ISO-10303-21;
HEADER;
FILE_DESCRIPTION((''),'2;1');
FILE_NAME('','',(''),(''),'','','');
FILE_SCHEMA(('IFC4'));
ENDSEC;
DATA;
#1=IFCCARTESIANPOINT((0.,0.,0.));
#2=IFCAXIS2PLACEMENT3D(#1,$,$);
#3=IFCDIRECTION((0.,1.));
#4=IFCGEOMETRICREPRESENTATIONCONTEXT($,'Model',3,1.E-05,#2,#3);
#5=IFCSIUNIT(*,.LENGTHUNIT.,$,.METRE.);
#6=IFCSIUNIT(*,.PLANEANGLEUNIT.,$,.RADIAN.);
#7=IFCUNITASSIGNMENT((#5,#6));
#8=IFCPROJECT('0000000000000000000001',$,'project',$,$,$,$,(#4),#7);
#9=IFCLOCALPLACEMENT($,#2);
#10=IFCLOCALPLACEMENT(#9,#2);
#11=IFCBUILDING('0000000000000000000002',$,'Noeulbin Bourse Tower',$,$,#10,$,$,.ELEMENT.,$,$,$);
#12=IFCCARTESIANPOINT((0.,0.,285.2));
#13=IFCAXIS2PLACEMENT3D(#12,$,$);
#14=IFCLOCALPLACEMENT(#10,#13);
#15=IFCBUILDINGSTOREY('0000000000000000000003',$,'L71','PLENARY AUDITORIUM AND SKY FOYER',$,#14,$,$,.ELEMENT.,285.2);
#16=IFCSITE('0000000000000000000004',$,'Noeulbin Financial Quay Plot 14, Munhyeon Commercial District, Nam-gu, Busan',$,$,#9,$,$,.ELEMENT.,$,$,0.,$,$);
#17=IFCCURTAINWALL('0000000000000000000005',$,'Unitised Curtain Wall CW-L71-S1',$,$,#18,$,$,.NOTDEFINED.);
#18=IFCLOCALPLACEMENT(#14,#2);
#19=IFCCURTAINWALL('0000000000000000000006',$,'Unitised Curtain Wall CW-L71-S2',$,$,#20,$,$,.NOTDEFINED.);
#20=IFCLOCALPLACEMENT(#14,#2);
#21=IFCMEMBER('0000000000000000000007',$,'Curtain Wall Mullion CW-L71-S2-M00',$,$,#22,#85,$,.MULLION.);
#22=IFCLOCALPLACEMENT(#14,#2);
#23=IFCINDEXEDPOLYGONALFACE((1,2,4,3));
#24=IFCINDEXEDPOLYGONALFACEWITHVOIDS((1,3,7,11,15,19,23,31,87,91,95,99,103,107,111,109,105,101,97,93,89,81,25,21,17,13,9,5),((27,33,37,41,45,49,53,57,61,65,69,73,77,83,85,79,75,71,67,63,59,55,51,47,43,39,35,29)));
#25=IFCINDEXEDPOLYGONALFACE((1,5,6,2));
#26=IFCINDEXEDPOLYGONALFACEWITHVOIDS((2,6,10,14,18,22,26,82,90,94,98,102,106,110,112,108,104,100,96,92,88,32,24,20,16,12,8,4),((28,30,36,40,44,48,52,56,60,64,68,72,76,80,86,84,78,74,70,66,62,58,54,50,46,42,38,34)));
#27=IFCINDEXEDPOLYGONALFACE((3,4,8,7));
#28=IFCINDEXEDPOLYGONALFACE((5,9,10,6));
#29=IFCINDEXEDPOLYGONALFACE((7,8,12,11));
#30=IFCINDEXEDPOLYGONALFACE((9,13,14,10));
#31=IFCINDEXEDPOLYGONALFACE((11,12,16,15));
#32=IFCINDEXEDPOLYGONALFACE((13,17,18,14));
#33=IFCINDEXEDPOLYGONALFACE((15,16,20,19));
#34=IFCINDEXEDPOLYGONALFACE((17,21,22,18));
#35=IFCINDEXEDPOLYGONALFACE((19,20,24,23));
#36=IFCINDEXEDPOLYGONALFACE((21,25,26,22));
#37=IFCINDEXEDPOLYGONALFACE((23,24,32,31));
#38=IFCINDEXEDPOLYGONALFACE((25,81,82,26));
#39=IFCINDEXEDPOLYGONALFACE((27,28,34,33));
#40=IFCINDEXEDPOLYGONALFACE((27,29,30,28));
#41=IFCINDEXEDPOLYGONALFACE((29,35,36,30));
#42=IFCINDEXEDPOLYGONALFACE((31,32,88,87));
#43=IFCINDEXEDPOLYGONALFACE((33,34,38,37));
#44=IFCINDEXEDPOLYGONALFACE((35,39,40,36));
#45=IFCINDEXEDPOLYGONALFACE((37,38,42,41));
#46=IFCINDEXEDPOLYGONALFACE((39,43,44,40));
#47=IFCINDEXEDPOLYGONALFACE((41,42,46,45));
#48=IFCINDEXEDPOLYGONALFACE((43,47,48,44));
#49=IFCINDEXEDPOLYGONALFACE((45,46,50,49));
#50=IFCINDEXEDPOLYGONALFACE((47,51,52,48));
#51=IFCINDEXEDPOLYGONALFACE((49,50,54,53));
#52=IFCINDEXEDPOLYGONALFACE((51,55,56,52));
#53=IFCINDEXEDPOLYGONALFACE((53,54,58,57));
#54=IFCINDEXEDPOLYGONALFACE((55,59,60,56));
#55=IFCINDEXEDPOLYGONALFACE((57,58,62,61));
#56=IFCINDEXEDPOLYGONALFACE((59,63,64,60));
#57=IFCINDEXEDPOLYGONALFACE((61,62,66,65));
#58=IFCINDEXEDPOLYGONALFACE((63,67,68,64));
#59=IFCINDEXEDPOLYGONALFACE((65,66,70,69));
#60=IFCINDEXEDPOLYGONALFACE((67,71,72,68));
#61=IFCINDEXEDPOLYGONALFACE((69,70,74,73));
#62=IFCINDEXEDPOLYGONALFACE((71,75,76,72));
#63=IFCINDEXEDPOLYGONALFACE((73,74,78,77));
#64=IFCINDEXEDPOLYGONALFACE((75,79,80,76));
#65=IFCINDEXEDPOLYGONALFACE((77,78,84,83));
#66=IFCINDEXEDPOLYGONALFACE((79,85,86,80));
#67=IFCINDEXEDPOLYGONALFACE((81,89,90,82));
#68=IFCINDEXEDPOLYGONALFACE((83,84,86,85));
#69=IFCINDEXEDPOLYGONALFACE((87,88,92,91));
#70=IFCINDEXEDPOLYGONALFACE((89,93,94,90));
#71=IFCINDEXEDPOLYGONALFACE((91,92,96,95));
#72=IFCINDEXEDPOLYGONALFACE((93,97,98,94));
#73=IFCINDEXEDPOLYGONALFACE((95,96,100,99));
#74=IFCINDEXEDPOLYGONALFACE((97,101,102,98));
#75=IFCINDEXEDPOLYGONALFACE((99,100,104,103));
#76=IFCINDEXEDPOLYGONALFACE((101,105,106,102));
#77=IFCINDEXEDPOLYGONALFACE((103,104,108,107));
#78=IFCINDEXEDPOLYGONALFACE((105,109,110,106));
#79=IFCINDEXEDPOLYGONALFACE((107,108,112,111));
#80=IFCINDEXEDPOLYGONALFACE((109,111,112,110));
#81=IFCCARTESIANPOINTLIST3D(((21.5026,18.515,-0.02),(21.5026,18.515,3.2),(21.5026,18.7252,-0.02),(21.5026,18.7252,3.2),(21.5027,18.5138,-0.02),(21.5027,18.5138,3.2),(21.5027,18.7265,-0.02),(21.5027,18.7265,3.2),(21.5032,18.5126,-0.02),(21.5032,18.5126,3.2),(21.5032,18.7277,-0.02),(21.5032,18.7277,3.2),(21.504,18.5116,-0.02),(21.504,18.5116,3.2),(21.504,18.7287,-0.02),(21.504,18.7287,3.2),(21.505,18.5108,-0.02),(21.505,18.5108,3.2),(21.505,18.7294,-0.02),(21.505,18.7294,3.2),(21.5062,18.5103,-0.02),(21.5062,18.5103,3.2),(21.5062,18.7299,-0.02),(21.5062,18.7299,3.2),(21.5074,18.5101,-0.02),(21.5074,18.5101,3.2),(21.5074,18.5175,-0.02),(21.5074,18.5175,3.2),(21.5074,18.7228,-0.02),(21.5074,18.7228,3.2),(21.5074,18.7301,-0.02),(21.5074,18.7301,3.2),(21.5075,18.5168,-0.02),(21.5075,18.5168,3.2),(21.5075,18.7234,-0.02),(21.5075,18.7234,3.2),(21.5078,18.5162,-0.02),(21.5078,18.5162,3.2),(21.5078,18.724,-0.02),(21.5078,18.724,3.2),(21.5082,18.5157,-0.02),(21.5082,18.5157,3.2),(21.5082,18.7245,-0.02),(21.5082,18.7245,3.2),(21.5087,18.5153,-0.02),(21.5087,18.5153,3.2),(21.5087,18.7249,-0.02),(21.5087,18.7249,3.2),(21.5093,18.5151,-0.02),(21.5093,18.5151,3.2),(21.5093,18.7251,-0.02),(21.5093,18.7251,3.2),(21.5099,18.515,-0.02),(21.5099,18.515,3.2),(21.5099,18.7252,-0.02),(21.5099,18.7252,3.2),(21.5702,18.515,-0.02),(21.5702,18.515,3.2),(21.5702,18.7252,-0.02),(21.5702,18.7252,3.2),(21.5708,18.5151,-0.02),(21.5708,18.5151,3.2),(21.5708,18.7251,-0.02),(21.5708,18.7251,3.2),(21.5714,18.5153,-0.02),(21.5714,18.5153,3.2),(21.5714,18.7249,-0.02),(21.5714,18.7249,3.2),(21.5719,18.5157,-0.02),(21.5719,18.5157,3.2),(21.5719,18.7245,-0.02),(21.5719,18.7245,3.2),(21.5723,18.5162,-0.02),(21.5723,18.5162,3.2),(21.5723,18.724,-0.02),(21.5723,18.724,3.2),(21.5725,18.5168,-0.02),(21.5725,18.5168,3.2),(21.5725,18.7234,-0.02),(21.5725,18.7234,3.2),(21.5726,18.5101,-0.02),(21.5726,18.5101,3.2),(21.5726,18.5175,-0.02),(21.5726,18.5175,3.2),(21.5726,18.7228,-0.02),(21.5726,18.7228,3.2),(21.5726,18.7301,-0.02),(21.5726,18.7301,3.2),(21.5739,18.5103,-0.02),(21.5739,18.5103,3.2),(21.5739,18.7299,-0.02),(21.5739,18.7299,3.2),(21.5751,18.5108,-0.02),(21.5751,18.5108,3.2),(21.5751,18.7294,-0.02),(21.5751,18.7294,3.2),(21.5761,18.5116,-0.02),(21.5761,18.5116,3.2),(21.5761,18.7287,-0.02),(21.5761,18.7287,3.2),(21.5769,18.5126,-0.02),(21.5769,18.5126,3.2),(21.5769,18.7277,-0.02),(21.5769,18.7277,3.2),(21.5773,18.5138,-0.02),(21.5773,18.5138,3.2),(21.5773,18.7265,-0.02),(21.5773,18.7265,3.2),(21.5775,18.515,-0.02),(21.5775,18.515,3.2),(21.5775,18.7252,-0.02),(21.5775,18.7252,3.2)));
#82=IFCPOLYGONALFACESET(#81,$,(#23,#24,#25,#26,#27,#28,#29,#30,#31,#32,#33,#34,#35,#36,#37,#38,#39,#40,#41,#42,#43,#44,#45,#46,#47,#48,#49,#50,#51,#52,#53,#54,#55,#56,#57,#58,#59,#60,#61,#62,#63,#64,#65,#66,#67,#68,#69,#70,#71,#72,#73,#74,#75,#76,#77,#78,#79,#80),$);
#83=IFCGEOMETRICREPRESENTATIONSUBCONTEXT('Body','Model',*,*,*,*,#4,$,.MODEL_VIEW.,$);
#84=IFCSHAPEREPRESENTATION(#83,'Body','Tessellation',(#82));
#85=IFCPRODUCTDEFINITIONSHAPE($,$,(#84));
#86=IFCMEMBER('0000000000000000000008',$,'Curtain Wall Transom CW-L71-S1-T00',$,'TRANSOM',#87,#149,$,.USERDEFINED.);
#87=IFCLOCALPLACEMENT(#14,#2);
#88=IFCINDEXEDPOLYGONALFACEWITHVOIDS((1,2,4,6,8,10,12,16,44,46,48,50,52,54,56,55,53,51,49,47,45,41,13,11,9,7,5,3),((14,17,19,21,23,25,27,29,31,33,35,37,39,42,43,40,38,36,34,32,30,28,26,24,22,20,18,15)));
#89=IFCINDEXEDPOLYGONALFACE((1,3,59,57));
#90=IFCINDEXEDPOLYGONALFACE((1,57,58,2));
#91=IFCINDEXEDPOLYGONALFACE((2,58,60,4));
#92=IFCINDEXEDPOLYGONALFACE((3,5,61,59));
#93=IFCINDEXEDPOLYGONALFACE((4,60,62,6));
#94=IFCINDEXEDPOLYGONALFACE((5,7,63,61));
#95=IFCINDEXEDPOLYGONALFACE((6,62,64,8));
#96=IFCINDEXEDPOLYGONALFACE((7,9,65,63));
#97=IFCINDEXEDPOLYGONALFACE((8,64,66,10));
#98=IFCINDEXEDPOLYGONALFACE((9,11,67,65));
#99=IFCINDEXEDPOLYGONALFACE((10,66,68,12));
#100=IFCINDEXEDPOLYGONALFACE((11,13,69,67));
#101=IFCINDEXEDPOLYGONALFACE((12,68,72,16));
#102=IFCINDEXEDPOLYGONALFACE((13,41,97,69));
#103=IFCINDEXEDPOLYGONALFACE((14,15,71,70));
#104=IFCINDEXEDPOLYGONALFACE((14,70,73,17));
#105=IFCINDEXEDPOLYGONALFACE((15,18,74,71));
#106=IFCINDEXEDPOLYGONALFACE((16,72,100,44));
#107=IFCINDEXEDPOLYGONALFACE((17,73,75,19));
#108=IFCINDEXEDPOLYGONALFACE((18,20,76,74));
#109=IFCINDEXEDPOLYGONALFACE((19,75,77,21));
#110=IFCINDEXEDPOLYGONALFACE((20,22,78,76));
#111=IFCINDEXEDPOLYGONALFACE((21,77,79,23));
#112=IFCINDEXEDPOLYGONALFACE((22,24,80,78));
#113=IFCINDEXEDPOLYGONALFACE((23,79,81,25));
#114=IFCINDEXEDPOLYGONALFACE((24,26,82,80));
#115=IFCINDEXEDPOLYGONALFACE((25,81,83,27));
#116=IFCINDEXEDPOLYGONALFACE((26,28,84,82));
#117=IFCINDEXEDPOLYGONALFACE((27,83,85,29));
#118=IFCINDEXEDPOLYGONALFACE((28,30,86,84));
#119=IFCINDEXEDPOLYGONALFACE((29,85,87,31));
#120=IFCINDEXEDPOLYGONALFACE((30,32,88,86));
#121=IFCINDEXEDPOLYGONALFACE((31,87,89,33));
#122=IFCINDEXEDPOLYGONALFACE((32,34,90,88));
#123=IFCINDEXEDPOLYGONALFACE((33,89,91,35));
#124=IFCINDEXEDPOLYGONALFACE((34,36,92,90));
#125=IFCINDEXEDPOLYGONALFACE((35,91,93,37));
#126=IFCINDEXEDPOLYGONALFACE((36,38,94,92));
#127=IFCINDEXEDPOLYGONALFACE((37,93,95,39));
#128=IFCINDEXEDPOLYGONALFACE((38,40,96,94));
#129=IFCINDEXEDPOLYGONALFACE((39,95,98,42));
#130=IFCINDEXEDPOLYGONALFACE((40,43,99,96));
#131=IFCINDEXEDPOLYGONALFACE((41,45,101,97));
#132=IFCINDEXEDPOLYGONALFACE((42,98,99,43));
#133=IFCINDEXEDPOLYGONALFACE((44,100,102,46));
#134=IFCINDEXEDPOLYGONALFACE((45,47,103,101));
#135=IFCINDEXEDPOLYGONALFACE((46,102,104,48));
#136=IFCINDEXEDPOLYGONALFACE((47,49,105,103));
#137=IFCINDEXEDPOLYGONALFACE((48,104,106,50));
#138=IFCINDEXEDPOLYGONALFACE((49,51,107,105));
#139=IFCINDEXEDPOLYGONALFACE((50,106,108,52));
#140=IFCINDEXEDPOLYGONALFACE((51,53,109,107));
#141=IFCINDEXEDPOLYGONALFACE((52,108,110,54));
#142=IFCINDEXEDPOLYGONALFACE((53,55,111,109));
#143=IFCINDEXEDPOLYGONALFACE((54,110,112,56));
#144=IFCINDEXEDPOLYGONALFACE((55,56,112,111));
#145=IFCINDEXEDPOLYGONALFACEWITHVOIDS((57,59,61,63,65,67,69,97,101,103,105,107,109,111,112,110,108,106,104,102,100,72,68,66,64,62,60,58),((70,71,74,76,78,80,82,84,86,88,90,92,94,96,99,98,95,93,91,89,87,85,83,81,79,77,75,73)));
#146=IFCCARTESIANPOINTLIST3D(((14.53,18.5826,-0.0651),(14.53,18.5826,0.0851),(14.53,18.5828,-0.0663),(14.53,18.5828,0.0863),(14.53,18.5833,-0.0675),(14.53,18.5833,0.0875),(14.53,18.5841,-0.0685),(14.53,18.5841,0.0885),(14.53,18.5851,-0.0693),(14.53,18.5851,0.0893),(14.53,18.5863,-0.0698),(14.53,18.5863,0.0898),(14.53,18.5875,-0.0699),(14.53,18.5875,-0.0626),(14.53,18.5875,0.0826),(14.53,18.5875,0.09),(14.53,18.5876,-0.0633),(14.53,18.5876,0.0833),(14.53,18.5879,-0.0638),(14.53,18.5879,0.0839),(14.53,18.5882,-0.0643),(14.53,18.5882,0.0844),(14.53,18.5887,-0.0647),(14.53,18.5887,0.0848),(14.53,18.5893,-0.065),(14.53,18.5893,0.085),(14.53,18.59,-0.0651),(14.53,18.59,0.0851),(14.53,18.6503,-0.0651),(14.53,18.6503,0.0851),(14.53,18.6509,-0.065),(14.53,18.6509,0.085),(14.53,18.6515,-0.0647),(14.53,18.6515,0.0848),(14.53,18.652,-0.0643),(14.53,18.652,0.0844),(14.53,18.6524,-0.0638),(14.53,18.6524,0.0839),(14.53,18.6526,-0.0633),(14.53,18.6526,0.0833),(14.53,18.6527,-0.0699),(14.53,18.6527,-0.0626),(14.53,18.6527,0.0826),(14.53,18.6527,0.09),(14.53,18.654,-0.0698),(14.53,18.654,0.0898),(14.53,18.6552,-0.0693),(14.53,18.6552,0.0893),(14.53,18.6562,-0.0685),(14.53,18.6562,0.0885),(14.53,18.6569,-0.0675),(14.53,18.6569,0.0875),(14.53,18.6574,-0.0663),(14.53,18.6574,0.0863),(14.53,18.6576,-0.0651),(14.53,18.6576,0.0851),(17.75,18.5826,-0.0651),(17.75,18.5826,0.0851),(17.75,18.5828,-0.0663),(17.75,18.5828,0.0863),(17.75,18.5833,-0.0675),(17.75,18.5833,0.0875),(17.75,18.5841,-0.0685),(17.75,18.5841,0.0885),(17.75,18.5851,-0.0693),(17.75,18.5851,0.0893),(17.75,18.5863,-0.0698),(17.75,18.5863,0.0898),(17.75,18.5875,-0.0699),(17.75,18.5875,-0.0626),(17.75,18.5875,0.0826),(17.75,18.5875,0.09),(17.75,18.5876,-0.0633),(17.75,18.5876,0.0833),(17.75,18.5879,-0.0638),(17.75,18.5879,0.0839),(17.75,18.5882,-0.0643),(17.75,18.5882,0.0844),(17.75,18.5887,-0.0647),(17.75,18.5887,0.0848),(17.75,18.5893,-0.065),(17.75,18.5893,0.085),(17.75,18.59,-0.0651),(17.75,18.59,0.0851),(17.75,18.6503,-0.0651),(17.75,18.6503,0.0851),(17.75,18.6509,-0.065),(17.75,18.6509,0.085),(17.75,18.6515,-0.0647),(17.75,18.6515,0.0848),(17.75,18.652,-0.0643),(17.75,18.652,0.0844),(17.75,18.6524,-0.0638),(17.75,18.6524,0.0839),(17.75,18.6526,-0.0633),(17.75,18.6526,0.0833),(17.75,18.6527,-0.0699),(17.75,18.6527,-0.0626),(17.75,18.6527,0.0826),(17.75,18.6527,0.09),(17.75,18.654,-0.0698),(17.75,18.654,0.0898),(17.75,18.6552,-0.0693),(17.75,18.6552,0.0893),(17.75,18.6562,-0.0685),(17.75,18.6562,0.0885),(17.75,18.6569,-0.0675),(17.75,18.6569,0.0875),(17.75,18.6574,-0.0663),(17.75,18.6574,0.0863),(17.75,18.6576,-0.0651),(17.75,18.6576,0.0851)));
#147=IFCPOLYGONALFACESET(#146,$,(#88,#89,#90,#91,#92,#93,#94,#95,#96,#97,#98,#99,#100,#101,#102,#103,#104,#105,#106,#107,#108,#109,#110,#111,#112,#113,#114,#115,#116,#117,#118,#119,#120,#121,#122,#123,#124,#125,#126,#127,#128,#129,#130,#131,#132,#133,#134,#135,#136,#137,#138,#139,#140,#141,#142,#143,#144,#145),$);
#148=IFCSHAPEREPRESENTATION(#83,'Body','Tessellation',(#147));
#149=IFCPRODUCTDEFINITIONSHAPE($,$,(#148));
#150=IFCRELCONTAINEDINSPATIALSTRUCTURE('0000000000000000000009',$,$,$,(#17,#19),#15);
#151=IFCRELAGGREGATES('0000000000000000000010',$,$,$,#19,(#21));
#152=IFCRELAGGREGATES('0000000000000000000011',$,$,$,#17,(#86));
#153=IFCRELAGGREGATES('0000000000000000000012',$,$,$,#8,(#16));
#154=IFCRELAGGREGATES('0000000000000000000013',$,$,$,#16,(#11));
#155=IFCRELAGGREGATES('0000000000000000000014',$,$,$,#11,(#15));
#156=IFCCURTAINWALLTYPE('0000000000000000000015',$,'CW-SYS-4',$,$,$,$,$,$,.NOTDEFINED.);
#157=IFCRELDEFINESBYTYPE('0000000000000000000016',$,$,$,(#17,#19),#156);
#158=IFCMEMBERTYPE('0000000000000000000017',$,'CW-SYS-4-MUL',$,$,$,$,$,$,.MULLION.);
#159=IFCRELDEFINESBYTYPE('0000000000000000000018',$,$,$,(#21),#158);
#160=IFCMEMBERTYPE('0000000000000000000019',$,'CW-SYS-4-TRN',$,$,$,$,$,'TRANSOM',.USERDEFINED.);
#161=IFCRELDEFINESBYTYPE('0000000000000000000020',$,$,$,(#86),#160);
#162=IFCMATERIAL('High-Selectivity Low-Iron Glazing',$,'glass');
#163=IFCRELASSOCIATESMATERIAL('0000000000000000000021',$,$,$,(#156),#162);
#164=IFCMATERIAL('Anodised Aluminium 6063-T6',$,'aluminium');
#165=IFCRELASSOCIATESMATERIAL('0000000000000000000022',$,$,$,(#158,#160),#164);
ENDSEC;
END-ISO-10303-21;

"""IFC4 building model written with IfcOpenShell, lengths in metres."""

from ifc_helpers import new_model, si_unit, direction, frame, origin, origin_2d, place, context, subcontext, project, spatial, hollow_rectangle, extrude, material, material_profile, profile_set, type_object, element, aggregate, save


model = new_model("IFC4")

# Units and contexts
model_context = context("Model", 3, precision=1e-05, world=origin(), true_north=direction((0.0, 1.0)))
body_context = subcontext(model_context, "Body", "Model", "MODEL_VIEW")
ifc_project = project(units=[si_unit("LENGTHUNIT", "METRE"), si_unit("PLANEANGLEUNIT", "RADIAN")], contexts=[model_context])

# Site, building, storey
site_placement = place(None, origin())
site = spatial("IfcSite", under=ifc_project, at=site_placement, Name="Noeulbin Financial Quay Plot 14, Munhyeon Commercial District, Nam-gu, Busan", CompositionType="ELEMENT", RefElevation=0.0)
building_placement = place(site_placement, origin())
building = spatial("IfcBuilding", under=site, at=building_placement, Name="Noeulbin Bourse Tower", CompositionType="ELEMENT")
storey_placement = place(building_placement, frame((0.0, 0.0, 285.2)))
storey = spatial("IfcBuildingStorey", under=building, at=storey_placement, Name="L71", Description="PLENARY AUDITORIUM AND SKY FOYER", CompositionType="ELEMENT", Elevation=285.2)

# Curtain wall
ifc_material_1 = material(Name="High-Selectivity Low-Iron Glazing", Category="glass")
curtain_wall_type = type_object("IfcCurtainWallType", Name="CW-SYS-4", PredefinedType="NOTDEFINED", material=ifc_material_1)
curtain_wall_1_placement = place(storey_placement, origin())
curtain_wall_1 = element("IfcCurtainWall", 1, at=curtain_wall_1_placement, inside=storey, type_object=curtain_wall_type, Name="Unitised Curtain Wall CW-L71-S1", PredefinedType="NOTDEFINED")
ifc_material_2 = material(Name="Anodised Aluminium 6063-T6", Category="aluminium")
ifc_material_profile_1 = material_profile(ifc_material_2, hollow_rectangle(XDim=0.075, YDim=0.22, WallThickness=0.0049, InnerFilletRadius=0.0024, OuterFilletRadius=0.0049, at=origin_2d()), Name="ALU-MULL-75x220x5", Category="LoadBearing")
ifc_profile_set_1 = profile_set([ifc_material_profile_1], Name="Anodised Aluminium 6063-T6")
member_type_1 = type_object("IfcMemberType", Name="CW-SYS-4-MUL", PredefinedType="MULLION", material=ifc_profile_set_1)

# Curtain wall, member
curtain_wall_2_placement = place(storey_placement, origin())
curtain_wall_2 = element("IfcCurtainWall", 2, at=curtain_wall_2_placement, inside=storey, type_object=curtain_wall_type, Name="Unitised Curtain Wall CW-L71-S2", PredefinedType="NOTDEFINED")
member_1_placement = place(storey_placement, frame((21.54, 18.6201, -0.02), z_axis=(0.0, 0.0, 1.0), x_axis=(1.0, 0.0, 0.0)))
member_1 = element("IfcMember", 3, at=member_1_placement, type_object=member_type_1, Name="Curtain Wall Mullion CW-L71-S2-M00", PredefinedType="MULLION", context=body_context, shape_type="SweptSolid", body=[
    extrude(hollow_rectangle(XDim=0.075, YDim=0.22, WallThickness=0.0049, InnerFilletRadius=0.0024, OuterFilletRadius=0.0049, at=origin_2d()), origin(), (0.0, 0.0, 1.0), 3.22),
])

# Member
ifc_material_profile_2 = material_profile(ifc_material_2, hollow_rectangle(XDim=0.075, YDim=0.1599, WallThickness=0.0049, InnerFilletRadius=0.0024, OuterFilletRadius=0.0049, at=origin_2d()), Name="ALU-TRAN-75x160x5", Category="LoadBearing")
ifc_profile_set_2 = profile_set([ifc_material_profile_2], Name="Anodised Aluminium 6063-T6")
member_type_2 = type_object("IfcMemberType", Name="CW-SYS-4-TRN", ElementType="TRANSOM", PredefinedType="USERDEFINED", material=ifc_profile_set_2)
member_2_placement = place(storey_placement, frame((14.53, 18.6201, 0.01), z_axis=(1.0, 0.0, 0.0), x_axis=(0.0, 1.0, 0.0)))
member_2 = element("IfcMember", 4, at=member_2_placement, type_object=member_type_2, Name="Curtain Wall Transom CW-L71-S1-T00", ObjectType="TRANSOM", PredefinedType="USERDEFINED", context=body_context, shape_type="SweptSolid", body=[
    extrude(hollow_rectangle(XDim=0.075, YDim=0.1599, WallThickness=0.0049, InnerFilletRadius=0.0024, OuterFilletRadius=0.0049, at=origin_2d()), origin(), (0.0, 0.0, 1.0), 3.22),
])
aggregate(curtain_wall_2, [member_1])

aggregate(curtain_wall_1, [member_2])

save(model, "model.ifc")
